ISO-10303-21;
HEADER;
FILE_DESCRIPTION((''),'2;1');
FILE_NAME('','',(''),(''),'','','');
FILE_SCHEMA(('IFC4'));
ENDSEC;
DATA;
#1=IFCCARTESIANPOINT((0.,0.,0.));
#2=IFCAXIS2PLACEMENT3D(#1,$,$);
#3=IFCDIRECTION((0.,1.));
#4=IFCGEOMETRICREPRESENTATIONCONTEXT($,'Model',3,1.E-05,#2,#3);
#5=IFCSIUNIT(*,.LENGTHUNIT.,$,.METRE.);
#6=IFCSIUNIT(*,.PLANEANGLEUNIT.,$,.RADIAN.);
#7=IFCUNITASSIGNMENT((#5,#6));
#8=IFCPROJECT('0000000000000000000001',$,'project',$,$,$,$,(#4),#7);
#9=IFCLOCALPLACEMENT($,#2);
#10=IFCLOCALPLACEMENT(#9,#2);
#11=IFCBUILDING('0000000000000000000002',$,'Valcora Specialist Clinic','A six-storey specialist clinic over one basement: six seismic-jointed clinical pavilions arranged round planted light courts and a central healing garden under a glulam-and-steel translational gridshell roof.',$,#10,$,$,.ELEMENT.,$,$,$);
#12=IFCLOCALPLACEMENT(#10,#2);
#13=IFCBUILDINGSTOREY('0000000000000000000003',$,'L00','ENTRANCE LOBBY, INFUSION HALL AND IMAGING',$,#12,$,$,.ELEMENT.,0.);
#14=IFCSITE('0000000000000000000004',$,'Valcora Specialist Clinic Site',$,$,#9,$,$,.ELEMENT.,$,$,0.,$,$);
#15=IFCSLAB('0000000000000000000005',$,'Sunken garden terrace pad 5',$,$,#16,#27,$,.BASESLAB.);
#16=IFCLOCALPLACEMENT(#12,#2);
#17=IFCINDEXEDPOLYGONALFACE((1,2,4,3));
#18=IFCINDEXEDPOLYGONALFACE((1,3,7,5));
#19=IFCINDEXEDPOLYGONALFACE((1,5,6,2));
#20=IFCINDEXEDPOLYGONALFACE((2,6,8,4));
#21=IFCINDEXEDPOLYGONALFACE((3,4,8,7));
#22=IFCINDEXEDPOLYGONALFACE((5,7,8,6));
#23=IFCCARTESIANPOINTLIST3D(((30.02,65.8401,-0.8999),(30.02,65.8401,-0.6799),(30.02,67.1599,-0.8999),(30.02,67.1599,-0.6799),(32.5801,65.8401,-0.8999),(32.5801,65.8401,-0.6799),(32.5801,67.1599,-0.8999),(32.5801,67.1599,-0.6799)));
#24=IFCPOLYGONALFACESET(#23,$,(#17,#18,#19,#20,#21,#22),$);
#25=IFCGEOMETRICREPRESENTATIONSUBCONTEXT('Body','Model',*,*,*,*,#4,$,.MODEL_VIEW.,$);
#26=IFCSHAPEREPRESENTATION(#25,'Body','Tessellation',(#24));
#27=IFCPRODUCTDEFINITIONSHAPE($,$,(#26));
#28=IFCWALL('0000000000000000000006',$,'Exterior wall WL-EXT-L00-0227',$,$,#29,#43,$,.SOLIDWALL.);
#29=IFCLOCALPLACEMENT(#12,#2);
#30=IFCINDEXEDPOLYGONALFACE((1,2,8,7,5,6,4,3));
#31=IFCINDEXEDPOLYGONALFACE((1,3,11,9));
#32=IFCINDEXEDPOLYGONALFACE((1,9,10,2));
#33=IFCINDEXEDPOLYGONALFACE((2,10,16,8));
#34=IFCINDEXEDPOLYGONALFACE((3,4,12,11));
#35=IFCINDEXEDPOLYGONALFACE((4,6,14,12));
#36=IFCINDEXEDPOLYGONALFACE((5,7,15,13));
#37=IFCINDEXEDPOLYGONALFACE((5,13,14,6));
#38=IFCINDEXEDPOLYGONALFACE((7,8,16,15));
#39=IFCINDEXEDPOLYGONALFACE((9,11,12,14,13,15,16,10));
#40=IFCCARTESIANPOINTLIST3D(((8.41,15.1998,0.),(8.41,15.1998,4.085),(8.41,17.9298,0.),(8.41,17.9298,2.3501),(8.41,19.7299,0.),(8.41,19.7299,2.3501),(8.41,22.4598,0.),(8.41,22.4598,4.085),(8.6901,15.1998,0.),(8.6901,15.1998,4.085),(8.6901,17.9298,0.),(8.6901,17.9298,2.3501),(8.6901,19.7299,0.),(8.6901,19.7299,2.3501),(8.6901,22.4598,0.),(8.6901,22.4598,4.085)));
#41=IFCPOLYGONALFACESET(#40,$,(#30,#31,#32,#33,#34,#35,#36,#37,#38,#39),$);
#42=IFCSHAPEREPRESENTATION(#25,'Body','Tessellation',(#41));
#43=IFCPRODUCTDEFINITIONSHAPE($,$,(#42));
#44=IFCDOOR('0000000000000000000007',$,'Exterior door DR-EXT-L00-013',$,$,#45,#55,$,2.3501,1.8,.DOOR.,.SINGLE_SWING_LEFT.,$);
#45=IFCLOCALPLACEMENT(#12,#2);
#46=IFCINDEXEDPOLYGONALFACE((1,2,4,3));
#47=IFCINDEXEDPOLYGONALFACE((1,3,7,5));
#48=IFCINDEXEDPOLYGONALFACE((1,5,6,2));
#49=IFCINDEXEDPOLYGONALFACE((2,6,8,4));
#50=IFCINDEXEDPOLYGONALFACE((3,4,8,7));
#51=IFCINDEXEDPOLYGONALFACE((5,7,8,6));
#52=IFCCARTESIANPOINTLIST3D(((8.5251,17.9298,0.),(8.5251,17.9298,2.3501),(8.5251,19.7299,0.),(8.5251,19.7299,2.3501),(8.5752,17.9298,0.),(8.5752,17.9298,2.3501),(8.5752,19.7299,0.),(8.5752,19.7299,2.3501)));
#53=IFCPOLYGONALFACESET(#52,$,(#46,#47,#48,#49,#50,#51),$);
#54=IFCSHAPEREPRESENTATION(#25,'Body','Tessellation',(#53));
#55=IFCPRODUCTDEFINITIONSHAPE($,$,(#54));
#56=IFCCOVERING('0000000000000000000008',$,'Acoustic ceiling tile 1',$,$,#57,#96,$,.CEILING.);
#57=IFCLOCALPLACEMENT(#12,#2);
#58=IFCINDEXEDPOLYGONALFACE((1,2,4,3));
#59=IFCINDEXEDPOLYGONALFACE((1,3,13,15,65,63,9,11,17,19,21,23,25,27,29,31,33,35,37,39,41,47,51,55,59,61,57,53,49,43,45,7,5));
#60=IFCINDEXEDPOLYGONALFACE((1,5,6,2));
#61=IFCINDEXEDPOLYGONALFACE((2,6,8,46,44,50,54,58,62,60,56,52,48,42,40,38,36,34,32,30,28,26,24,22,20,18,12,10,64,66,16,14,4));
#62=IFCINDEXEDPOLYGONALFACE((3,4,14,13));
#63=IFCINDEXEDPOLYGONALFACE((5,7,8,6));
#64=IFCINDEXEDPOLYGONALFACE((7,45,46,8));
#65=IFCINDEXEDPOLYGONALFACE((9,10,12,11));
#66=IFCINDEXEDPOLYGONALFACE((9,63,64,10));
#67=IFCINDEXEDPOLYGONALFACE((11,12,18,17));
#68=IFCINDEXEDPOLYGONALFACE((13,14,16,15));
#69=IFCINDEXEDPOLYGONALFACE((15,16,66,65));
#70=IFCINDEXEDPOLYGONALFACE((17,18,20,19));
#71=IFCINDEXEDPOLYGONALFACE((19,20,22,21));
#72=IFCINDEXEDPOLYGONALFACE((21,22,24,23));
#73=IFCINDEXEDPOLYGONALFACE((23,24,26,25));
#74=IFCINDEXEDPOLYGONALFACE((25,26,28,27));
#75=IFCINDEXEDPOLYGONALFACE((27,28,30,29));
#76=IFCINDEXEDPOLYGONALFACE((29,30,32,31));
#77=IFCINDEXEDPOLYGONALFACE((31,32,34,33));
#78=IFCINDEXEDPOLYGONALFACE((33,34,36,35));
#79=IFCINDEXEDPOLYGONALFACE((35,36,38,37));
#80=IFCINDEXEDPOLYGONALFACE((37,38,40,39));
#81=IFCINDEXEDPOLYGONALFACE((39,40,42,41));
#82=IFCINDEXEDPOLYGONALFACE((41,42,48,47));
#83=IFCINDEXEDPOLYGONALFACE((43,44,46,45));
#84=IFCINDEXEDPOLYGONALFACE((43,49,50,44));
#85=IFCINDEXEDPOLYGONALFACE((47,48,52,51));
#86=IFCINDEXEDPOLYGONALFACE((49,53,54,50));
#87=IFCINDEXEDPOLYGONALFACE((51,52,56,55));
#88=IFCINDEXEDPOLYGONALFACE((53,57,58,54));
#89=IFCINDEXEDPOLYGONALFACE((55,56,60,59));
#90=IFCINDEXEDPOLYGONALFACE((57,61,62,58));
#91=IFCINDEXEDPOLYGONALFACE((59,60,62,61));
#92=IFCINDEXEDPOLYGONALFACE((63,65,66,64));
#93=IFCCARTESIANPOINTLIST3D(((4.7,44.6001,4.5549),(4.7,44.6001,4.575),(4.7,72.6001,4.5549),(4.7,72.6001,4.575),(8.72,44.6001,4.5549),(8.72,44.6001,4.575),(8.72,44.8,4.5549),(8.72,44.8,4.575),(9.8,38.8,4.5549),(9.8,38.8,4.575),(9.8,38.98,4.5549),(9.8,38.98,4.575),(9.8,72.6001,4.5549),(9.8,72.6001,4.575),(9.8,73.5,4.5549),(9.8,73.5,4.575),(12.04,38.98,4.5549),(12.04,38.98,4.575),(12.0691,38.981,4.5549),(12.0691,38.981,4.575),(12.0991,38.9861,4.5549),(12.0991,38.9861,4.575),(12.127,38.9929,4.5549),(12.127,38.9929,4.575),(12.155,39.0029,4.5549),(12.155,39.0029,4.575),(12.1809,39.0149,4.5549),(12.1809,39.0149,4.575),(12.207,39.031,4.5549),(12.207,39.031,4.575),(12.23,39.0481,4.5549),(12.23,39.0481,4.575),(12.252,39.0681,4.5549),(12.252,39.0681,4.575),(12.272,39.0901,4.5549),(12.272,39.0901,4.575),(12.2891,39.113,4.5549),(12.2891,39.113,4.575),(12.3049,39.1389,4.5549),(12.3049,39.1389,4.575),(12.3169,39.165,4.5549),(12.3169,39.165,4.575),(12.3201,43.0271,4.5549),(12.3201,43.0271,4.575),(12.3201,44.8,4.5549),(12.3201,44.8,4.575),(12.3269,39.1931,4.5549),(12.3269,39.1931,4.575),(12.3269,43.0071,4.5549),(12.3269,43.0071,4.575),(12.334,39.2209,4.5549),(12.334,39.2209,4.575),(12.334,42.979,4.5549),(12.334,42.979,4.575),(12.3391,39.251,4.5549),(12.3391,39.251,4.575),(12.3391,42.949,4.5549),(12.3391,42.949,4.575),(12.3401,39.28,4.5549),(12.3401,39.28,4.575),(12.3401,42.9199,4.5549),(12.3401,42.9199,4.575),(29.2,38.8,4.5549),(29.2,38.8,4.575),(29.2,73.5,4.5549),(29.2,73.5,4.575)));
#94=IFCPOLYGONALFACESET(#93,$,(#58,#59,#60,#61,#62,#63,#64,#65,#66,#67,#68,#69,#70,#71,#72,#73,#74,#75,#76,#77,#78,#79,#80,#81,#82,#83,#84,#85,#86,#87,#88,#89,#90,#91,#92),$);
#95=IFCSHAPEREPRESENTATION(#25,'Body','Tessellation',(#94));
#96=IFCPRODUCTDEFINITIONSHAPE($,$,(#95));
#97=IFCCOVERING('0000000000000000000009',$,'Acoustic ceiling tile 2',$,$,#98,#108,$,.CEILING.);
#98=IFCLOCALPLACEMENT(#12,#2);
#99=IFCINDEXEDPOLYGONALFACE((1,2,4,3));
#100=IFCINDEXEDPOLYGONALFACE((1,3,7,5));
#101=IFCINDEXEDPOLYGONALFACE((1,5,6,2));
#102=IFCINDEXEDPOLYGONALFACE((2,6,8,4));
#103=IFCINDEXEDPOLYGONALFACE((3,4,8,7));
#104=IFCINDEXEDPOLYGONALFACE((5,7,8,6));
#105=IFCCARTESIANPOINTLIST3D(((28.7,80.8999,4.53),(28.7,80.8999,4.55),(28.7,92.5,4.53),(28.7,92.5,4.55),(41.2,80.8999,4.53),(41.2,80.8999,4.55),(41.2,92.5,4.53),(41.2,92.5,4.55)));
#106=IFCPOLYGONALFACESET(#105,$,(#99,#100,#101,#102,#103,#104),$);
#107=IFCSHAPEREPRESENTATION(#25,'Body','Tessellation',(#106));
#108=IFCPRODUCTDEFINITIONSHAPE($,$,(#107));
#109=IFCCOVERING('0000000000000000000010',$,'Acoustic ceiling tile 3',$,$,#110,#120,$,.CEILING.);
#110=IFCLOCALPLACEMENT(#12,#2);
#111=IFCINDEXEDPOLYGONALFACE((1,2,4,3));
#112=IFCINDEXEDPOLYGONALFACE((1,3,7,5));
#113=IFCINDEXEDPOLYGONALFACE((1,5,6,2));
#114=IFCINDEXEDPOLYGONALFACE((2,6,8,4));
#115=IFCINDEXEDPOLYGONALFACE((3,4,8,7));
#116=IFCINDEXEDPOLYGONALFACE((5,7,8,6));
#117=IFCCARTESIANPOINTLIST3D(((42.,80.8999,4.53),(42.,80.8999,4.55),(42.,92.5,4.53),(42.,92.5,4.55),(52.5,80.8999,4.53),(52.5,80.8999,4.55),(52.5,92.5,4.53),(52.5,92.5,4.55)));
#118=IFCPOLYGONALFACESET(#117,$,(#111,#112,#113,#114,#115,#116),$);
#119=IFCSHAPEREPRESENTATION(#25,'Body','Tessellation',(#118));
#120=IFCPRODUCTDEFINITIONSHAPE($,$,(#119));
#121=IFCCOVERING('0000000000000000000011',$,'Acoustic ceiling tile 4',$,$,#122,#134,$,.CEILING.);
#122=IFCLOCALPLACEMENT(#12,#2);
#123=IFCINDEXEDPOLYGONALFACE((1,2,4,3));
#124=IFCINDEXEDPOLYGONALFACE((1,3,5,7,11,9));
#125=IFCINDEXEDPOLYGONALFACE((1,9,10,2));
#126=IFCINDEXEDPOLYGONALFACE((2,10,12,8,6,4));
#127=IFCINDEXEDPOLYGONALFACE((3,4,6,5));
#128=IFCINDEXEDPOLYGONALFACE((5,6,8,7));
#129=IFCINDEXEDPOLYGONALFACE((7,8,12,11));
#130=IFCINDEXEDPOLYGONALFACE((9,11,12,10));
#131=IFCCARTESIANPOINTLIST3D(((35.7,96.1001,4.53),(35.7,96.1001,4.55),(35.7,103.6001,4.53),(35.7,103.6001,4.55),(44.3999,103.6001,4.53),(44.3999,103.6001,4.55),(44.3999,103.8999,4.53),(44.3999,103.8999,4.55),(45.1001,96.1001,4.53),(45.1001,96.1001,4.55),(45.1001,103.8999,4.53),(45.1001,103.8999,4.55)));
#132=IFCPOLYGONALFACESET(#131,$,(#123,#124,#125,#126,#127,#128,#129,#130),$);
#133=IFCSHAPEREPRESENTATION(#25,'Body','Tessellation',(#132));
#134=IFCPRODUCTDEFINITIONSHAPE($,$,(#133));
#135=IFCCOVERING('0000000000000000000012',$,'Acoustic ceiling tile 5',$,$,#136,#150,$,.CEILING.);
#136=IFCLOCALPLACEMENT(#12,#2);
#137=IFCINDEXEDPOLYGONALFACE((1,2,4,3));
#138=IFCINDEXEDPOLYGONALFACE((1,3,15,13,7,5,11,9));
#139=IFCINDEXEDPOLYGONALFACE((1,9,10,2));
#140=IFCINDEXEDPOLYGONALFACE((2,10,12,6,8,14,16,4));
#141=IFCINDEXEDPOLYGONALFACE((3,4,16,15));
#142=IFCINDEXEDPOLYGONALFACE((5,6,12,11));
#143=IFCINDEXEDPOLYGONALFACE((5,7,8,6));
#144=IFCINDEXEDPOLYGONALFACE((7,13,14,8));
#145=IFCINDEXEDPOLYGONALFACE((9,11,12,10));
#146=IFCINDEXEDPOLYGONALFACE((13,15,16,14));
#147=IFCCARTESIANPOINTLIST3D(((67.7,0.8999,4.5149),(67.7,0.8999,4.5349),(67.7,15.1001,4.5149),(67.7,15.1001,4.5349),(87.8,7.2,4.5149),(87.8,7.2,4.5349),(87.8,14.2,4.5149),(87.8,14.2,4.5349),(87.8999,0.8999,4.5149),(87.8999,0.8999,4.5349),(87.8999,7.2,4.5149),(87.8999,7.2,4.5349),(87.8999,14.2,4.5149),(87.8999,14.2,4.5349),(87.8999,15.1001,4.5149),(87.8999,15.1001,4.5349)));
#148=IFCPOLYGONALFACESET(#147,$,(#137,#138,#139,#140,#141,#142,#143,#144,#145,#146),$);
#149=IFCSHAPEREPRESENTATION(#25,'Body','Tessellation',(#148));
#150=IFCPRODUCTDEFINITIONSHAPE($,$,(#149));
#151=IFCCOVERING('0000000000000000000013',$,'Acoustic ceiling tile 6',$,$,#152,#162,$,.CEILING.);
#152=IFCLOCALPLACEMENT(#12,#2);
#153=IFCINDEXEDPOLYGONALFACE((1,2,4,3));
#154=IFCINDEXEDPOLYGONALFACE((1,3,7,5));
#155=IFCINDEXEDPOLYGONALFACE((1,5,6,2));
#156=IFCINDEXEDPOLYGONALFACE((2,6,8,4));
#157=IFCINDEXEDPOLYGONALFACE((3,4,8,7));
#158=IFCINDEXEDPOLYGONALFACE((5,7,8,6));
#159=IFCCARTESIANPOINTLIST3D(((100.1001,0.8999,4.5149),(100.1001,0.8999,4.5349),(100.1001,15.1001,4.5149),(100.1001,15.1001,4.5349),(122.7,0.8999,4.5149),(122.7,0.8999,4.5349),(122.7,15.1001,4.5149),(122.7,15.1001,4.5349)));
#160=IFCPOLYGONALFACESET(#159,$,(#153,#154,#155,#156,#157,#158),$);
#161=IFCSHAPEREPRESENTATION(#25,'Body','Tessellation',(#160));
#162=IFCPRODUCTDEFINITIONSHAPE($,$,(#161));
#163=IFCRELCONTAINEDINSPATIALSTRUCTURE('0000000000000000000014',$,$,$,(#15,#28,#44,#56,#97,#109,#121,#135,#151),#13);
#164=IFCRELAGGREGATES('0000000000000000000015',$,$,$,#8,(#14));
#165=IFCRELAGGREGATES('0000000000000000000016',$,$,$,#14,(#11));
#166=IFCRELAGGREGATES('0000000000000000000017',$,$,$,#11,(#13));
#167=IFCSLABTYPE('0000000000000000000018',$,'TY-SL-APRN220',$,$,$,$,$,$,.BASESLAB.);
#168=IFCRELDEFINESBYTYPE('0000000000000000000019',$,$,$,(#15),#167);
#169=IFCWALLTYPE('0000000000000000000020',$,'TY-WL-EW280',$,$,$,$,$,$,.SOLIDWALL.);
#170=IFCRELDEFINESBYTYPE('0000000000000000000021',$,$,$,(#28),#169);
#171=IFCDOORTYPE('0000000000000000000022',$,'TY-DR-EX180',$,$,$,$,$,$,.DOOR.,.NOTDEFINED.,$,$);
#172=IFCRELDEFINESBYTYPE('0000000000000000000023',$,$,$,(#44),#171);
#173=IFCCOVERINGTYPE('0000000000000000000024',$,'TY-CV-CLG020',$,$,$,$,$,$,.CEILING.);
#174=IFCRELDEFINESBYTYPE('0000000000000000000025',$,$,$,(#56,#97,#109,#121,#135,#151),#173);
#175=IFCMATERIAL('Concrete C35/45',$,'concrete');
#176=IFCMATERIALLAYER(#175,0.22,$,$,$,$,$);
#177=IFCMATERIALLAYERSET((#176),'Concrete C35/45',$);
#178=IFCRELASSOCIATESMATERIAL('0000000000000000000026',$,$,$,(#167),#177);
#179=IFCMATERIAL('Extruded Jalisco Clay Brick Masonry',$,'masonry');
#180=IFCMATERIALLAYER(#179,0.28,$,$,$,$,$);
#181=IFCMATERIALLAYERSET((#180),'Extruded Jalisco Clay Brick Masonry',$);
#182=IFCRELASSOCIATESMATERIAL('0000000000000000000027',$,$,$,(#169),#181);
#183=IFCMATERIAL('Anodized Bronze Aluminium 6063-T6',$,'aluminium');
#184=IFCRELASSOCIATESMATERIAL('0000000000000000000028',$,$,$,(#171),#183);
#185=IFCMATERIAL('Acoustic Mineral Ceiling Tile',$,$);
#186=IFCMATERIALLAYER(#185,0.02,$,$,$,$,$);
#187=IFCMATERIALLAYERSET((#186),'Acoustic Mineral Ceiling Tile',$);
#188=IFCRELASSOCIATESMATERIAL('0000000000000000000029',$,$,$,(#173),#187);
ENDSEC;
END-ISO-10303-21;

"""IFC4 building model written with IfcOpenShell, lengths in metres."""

from ifc_helpers import new_model, si_unit, direction, frame, frame_2d, origin, place, context, subcontext, project, spatial, polyline, rectangle, outline, extrude, material, layer, layer_set, type_object, element, fill, save


model = new_model("IFC4")

# Units and contexts
model_context = context("Model", 3, precision=1e-05, world=origin(), true_north=direction((0.0, 1.0)))
body_context = subcontext(model_context, "Body", "Model", "MODEL_VIEW")
ifc_project = project(units=[si_unit("LENGTHUNIT", "METRE"), si_unit("PLANEANGLEUNIT", "RADIAN")], contexts=[model_context])

# Site, building, storey
site_placement = place(None, origin())
site = spatial("IfcSite", under=ifc_project, at=site_placement, Name="Valcora Specialist Clinic Site", CompositionType="ELEMENT", RefElevation=0.0)
building_placement = place(site_placement, origin())
building = spatial("IfcBuilding", under=site, at=building_placement, Name="Valcora Specialist Clinic", Description="A six-storey specialist clinic over one basement: six seismic-jointed clinical pavilions arranged round planted light courts and a central healing garden under a glulam-and-steel translational gridshell roof.", CompositionType="ELEMENT")
storey_placement = place(building_placement, origin())
storey = spatial("IfcBuildingStorey", under=building, at=storey_placement, Name="L00", Description="ENTRANCE LOBBY, INFUSION HALL AND IMAGING", CompositionType="ELEMENT", Elevation=0.0)

# Slab
ifc_material_1 = material(Name="Concrete C35/45", Category="concrete")
ifc_layer_1 = layer(ifc_material_1, 0.22)
ifc_layer_set_1 = layer_set([ifc_layer_1], Name="Concrete C35/45")
slab_type = type_object("IfcSlabType", Name="TY-SL-APRN220", PredefinedType="BASESLAB", material=ifc_layer_set_1)
slab_placement = place(storey_placement, frame((0.0, 0.0, -0.8999)))
element("IfcSlab", 1, at=slab_placement, inside=storey, type_object=slab_type, Name="Sunken garden terrace pad 5", PredefinedType="BASESLAB", context=body_context, shape_type="SweptSolid", body=[
    extrude(outline(polyline([(30.02, 65.8401), (32.5801, 65.8401), (32.5801, 67.1599), (30.02, 67.1599), (30.02, 65.8401)])), origin(), (0.0, 0.0, 1.0), 0.22),
])

# Wall, opening, door
ifc_material_2 = material(Name="Extruded Jalisco Clay Brick Masonry", Category="masonry")
ifc_layer_2 = layer(ifc_material_2, 0.28)
ifc_layer_set_2 = layer_set([ifc_layer_2], Name="Extruded Jalisco Clay Brick Masonry")
wall_type_1 = type_object("IfcWallType", Name="TY-WL-EW280", PredefinedType="SOLIDWALL", material=ifc_layer_set_2)
wall_1_placement = place(storey_placement, frame((8.55, 15.2, 0.0), z_axis=(0.0, 0.0, 1.0), x_axis=(0.0, 1.0, 0.0)))
wall_1 = element("IfcWall", 2, at=wall_1_placement, inside=storey, type_object=wall_type_1, Name="Exterior wall WL-EXT-L00-0227", PredefinedType="SOLIDWALL", context=body_context, shape_type="SweptSolid", body=[
    extrude(rectangle(XDim=7.26, YDim=0.28, at=frame_2d((3.6299, 0.0))), origin(), (0.0, 0.0, 1.0), 4.085),
])
opening_1_placement = place(wall_1_placement, frame((2.73, 0.0, 0.0)))
opening_1 = element("IfcOpeningElement", 3, at=opening_1_placement, cuts=wall_1, PredefinedType="OPENING", context=body_context, shape_type="SweptSolid", body=[
    extrude(rectangle(XDim=1.8, YDim=2.3501, at=frame_2d((0.8999, 1.175))), frame((0.0, 0.1499, 0.0), z_axis=(0.0, -1.0, 0.0), x_axis=(1.0, 0.0, 0.0)), (0.0, 0.0, 1.0), 0.3),
])
ifc_material_3 = material(Name="Anodized Bronze Aluminium 6063-T6", Category="aluminium")
door_type_1 = type_object("IfcDoorType", Name="TY-DR-EX180", OperationType="NOTDEFINED", PredefinedType="DOOR", material=ifc_material_3)
door_1_placement = place(opening_1_placement, origin())
door_1 = element("IfcDoor", 4, at=door_1_placement, inside=storey, type_object=door_type_1, Name="Exterior door DR-EXT-L00-013", OperationType="SINGLE_SWING_LEFT", OverallHeight=2.3501, OverallWidth=1.8, PredefinedType="DOOR", context=body_context, shape_type="SweptSolid", body=[
    extrude(rectangle(XDim=1.8, YDim=2.3501, at=frame_2d((0.8999, 1.175))), frame((0.0, 0.0249, 0.0), z_axis=(0.0, -1.0, 0.0), x_axis=(1.0, 0.0, 0.0)), (0.0, 0.0, 1.0), 0.05),
])
fill(opening_1, door_1)

# Coverings
ifc_material_4 = material(Name="Acoustic Mineral Ceiling Tile")
ifc_layer_3 = layer(ifc_material_4, 0.02)
ifc_layer_set_3 = layer_set([ifc_layer_3], Name="Acoustic Mineral Ceiling Tile")
covering_type_1 = type_object("IfcCoveringType", Name="TY-CV-CLG020", PredefinedType="CEILING", material=ifc_layer_set_3)
covering_1_placement = place(storey_placement, frame((0.0, 0.0, 4.5549)))
element("IfcCovering", 5, at=covering_1_placement, inside=storey, type_object=covering_type_1, Name="Acoustic ceiling tile 1", PredefinedType="CEILING", context=body_context, shape_type="SweptSolid", body=[
    extrude(outline(polyline([(29.2, 73.5), (29.2, 38.8), (9.8, 38.8), (9.8, 38.98), (12.04, 38.98), (12.0691, 38.981), (12.0991, 38.9861), (12.127, 38.9929), (12.155, 39.0029), (12.1809, 39.0149), (12.207, 39.031), (12.23, 39.0481), (12.252, 39.0681), (12.272, 39.0901), (12.2891, 39.113), (12.3049, 39.1389), (12.3169, 39.165), (12.3269, 39.1931), (12.334, 39.2209), (12.3391, 39.251), (12.3401, 39.28), (12.3401, 42.9199), (12.3391, 42.949), (12.334, 42.979), (12.3269, 43.0071), (12.3201, 43.0271), (12.3201, 44.8), (8.72, 44.8), (8.72, 44.6001), (4.7, 44.6001), (4.7, 72.6001), (9.8, 72.6001), (9.8, 73.5), (29.2, 73.5)])), origin(), (0.0, 0.0, 1.0), 0.02),
])
covering_2_placement = place(storey_placement, frame((0.0, 0.0, 4.53)))
element("IfcCovering", 6, at=covering_2_placement, inside=storey, type_object=covering_type_1, Name="Acoustic ceiling tile 2", PredefinedType="CEILING", context=body_context, shape_type="SweptSolid", body=[
    extrude(outline(polyline([(28.7, 92.5), (41.2, 92.5), (41.2, 80.8999), (28.7, 80.8999), (28.7, 92.5)])), origin(), (0.0, 0.0, 1.0), 0.02),
])
covering_3_placement = place(storey_placement, frame((0.0, 0.0, 4.53)))
element("IfcCovering", 7, at=covering_3_placement, inside=storey, type_object=covering_type_1, Name="Acoustic ceiling tile 3", PredefinedType="CEILING", context=body_context, shape_type="SweptSolid", body=[
    extrude(outline(polyline([(52.5, 92.5), (52.5, 80.8999), (42.0, 80.8999), (42.0, 92.5), (52.5, 92.5)])), origin(), (0.0, 0.0, 1.0), 0.02),
])
covering_4_placement = place(storey_placement, frame((0.0, 0.0, 4.53)))
element("IfcCovering", 8, at=covering_4_placement, inside=storey, type_object=covering_type_1, Name="Acoustic ceiling tile 4", PredefinedType="CEILING", context=body_context, shape_type="SweptSolid", body=[
    extrude(outline(polyline([(45.1001, 103.8999), (45.1001, 96.1001), (35.7, 96.1001), (35.7, 103.6001), (44.3999, 103.6001), (44.3999, 103.8999), (45.1001, 103.8999)])), origin(), (0.0, 0.0, 1.0), 0.02),
])
covering_5_placement = place(storey_placement, frame((0.0, 0.0, 4.5149)))
element("IfcCovering", 9, at=covering_5_placement, inside=storey, type_object=covering_type_1, Name="Acoustic ceiling tile 5", PredefinedType="CEILING", context=body_context, shape_type="SweptSolid", body=[
    extrude(outline(polyline([(67.7, 15.1001), (87.8999, 15.1001), (87.8999, 14.2), (87.8, 14.2), (87.8, 7.2), (87.8999, 7.2), (87.8999, 0.8999), (67.7, 0.8999), (67.7, 15.1001)])), origin(), (0.0, 0.0, 1.0), 0.02),
])
covering_6_placement = place(storey_placement, frame((0.0, 0.0, 4.5149)))
element("IfcCovering", 10, at=covering_6_placement, inside=storey, type_object=covering_type_1, Name="Acoustic ceiling tile 6", PredefinedType="CEILING", context=body_context, shape_type="SweptSolid", body=[
    extrude(outline(polyline([(122.7, 15.1001), (122.7, 0.8999), (100.1001, 0.8999), (100.1001, 15.1001), (122.7, 15.1001)])), origin(), (0.0, 0.0, 1.0), 0.02),
])

save(model, "model.ifc")
